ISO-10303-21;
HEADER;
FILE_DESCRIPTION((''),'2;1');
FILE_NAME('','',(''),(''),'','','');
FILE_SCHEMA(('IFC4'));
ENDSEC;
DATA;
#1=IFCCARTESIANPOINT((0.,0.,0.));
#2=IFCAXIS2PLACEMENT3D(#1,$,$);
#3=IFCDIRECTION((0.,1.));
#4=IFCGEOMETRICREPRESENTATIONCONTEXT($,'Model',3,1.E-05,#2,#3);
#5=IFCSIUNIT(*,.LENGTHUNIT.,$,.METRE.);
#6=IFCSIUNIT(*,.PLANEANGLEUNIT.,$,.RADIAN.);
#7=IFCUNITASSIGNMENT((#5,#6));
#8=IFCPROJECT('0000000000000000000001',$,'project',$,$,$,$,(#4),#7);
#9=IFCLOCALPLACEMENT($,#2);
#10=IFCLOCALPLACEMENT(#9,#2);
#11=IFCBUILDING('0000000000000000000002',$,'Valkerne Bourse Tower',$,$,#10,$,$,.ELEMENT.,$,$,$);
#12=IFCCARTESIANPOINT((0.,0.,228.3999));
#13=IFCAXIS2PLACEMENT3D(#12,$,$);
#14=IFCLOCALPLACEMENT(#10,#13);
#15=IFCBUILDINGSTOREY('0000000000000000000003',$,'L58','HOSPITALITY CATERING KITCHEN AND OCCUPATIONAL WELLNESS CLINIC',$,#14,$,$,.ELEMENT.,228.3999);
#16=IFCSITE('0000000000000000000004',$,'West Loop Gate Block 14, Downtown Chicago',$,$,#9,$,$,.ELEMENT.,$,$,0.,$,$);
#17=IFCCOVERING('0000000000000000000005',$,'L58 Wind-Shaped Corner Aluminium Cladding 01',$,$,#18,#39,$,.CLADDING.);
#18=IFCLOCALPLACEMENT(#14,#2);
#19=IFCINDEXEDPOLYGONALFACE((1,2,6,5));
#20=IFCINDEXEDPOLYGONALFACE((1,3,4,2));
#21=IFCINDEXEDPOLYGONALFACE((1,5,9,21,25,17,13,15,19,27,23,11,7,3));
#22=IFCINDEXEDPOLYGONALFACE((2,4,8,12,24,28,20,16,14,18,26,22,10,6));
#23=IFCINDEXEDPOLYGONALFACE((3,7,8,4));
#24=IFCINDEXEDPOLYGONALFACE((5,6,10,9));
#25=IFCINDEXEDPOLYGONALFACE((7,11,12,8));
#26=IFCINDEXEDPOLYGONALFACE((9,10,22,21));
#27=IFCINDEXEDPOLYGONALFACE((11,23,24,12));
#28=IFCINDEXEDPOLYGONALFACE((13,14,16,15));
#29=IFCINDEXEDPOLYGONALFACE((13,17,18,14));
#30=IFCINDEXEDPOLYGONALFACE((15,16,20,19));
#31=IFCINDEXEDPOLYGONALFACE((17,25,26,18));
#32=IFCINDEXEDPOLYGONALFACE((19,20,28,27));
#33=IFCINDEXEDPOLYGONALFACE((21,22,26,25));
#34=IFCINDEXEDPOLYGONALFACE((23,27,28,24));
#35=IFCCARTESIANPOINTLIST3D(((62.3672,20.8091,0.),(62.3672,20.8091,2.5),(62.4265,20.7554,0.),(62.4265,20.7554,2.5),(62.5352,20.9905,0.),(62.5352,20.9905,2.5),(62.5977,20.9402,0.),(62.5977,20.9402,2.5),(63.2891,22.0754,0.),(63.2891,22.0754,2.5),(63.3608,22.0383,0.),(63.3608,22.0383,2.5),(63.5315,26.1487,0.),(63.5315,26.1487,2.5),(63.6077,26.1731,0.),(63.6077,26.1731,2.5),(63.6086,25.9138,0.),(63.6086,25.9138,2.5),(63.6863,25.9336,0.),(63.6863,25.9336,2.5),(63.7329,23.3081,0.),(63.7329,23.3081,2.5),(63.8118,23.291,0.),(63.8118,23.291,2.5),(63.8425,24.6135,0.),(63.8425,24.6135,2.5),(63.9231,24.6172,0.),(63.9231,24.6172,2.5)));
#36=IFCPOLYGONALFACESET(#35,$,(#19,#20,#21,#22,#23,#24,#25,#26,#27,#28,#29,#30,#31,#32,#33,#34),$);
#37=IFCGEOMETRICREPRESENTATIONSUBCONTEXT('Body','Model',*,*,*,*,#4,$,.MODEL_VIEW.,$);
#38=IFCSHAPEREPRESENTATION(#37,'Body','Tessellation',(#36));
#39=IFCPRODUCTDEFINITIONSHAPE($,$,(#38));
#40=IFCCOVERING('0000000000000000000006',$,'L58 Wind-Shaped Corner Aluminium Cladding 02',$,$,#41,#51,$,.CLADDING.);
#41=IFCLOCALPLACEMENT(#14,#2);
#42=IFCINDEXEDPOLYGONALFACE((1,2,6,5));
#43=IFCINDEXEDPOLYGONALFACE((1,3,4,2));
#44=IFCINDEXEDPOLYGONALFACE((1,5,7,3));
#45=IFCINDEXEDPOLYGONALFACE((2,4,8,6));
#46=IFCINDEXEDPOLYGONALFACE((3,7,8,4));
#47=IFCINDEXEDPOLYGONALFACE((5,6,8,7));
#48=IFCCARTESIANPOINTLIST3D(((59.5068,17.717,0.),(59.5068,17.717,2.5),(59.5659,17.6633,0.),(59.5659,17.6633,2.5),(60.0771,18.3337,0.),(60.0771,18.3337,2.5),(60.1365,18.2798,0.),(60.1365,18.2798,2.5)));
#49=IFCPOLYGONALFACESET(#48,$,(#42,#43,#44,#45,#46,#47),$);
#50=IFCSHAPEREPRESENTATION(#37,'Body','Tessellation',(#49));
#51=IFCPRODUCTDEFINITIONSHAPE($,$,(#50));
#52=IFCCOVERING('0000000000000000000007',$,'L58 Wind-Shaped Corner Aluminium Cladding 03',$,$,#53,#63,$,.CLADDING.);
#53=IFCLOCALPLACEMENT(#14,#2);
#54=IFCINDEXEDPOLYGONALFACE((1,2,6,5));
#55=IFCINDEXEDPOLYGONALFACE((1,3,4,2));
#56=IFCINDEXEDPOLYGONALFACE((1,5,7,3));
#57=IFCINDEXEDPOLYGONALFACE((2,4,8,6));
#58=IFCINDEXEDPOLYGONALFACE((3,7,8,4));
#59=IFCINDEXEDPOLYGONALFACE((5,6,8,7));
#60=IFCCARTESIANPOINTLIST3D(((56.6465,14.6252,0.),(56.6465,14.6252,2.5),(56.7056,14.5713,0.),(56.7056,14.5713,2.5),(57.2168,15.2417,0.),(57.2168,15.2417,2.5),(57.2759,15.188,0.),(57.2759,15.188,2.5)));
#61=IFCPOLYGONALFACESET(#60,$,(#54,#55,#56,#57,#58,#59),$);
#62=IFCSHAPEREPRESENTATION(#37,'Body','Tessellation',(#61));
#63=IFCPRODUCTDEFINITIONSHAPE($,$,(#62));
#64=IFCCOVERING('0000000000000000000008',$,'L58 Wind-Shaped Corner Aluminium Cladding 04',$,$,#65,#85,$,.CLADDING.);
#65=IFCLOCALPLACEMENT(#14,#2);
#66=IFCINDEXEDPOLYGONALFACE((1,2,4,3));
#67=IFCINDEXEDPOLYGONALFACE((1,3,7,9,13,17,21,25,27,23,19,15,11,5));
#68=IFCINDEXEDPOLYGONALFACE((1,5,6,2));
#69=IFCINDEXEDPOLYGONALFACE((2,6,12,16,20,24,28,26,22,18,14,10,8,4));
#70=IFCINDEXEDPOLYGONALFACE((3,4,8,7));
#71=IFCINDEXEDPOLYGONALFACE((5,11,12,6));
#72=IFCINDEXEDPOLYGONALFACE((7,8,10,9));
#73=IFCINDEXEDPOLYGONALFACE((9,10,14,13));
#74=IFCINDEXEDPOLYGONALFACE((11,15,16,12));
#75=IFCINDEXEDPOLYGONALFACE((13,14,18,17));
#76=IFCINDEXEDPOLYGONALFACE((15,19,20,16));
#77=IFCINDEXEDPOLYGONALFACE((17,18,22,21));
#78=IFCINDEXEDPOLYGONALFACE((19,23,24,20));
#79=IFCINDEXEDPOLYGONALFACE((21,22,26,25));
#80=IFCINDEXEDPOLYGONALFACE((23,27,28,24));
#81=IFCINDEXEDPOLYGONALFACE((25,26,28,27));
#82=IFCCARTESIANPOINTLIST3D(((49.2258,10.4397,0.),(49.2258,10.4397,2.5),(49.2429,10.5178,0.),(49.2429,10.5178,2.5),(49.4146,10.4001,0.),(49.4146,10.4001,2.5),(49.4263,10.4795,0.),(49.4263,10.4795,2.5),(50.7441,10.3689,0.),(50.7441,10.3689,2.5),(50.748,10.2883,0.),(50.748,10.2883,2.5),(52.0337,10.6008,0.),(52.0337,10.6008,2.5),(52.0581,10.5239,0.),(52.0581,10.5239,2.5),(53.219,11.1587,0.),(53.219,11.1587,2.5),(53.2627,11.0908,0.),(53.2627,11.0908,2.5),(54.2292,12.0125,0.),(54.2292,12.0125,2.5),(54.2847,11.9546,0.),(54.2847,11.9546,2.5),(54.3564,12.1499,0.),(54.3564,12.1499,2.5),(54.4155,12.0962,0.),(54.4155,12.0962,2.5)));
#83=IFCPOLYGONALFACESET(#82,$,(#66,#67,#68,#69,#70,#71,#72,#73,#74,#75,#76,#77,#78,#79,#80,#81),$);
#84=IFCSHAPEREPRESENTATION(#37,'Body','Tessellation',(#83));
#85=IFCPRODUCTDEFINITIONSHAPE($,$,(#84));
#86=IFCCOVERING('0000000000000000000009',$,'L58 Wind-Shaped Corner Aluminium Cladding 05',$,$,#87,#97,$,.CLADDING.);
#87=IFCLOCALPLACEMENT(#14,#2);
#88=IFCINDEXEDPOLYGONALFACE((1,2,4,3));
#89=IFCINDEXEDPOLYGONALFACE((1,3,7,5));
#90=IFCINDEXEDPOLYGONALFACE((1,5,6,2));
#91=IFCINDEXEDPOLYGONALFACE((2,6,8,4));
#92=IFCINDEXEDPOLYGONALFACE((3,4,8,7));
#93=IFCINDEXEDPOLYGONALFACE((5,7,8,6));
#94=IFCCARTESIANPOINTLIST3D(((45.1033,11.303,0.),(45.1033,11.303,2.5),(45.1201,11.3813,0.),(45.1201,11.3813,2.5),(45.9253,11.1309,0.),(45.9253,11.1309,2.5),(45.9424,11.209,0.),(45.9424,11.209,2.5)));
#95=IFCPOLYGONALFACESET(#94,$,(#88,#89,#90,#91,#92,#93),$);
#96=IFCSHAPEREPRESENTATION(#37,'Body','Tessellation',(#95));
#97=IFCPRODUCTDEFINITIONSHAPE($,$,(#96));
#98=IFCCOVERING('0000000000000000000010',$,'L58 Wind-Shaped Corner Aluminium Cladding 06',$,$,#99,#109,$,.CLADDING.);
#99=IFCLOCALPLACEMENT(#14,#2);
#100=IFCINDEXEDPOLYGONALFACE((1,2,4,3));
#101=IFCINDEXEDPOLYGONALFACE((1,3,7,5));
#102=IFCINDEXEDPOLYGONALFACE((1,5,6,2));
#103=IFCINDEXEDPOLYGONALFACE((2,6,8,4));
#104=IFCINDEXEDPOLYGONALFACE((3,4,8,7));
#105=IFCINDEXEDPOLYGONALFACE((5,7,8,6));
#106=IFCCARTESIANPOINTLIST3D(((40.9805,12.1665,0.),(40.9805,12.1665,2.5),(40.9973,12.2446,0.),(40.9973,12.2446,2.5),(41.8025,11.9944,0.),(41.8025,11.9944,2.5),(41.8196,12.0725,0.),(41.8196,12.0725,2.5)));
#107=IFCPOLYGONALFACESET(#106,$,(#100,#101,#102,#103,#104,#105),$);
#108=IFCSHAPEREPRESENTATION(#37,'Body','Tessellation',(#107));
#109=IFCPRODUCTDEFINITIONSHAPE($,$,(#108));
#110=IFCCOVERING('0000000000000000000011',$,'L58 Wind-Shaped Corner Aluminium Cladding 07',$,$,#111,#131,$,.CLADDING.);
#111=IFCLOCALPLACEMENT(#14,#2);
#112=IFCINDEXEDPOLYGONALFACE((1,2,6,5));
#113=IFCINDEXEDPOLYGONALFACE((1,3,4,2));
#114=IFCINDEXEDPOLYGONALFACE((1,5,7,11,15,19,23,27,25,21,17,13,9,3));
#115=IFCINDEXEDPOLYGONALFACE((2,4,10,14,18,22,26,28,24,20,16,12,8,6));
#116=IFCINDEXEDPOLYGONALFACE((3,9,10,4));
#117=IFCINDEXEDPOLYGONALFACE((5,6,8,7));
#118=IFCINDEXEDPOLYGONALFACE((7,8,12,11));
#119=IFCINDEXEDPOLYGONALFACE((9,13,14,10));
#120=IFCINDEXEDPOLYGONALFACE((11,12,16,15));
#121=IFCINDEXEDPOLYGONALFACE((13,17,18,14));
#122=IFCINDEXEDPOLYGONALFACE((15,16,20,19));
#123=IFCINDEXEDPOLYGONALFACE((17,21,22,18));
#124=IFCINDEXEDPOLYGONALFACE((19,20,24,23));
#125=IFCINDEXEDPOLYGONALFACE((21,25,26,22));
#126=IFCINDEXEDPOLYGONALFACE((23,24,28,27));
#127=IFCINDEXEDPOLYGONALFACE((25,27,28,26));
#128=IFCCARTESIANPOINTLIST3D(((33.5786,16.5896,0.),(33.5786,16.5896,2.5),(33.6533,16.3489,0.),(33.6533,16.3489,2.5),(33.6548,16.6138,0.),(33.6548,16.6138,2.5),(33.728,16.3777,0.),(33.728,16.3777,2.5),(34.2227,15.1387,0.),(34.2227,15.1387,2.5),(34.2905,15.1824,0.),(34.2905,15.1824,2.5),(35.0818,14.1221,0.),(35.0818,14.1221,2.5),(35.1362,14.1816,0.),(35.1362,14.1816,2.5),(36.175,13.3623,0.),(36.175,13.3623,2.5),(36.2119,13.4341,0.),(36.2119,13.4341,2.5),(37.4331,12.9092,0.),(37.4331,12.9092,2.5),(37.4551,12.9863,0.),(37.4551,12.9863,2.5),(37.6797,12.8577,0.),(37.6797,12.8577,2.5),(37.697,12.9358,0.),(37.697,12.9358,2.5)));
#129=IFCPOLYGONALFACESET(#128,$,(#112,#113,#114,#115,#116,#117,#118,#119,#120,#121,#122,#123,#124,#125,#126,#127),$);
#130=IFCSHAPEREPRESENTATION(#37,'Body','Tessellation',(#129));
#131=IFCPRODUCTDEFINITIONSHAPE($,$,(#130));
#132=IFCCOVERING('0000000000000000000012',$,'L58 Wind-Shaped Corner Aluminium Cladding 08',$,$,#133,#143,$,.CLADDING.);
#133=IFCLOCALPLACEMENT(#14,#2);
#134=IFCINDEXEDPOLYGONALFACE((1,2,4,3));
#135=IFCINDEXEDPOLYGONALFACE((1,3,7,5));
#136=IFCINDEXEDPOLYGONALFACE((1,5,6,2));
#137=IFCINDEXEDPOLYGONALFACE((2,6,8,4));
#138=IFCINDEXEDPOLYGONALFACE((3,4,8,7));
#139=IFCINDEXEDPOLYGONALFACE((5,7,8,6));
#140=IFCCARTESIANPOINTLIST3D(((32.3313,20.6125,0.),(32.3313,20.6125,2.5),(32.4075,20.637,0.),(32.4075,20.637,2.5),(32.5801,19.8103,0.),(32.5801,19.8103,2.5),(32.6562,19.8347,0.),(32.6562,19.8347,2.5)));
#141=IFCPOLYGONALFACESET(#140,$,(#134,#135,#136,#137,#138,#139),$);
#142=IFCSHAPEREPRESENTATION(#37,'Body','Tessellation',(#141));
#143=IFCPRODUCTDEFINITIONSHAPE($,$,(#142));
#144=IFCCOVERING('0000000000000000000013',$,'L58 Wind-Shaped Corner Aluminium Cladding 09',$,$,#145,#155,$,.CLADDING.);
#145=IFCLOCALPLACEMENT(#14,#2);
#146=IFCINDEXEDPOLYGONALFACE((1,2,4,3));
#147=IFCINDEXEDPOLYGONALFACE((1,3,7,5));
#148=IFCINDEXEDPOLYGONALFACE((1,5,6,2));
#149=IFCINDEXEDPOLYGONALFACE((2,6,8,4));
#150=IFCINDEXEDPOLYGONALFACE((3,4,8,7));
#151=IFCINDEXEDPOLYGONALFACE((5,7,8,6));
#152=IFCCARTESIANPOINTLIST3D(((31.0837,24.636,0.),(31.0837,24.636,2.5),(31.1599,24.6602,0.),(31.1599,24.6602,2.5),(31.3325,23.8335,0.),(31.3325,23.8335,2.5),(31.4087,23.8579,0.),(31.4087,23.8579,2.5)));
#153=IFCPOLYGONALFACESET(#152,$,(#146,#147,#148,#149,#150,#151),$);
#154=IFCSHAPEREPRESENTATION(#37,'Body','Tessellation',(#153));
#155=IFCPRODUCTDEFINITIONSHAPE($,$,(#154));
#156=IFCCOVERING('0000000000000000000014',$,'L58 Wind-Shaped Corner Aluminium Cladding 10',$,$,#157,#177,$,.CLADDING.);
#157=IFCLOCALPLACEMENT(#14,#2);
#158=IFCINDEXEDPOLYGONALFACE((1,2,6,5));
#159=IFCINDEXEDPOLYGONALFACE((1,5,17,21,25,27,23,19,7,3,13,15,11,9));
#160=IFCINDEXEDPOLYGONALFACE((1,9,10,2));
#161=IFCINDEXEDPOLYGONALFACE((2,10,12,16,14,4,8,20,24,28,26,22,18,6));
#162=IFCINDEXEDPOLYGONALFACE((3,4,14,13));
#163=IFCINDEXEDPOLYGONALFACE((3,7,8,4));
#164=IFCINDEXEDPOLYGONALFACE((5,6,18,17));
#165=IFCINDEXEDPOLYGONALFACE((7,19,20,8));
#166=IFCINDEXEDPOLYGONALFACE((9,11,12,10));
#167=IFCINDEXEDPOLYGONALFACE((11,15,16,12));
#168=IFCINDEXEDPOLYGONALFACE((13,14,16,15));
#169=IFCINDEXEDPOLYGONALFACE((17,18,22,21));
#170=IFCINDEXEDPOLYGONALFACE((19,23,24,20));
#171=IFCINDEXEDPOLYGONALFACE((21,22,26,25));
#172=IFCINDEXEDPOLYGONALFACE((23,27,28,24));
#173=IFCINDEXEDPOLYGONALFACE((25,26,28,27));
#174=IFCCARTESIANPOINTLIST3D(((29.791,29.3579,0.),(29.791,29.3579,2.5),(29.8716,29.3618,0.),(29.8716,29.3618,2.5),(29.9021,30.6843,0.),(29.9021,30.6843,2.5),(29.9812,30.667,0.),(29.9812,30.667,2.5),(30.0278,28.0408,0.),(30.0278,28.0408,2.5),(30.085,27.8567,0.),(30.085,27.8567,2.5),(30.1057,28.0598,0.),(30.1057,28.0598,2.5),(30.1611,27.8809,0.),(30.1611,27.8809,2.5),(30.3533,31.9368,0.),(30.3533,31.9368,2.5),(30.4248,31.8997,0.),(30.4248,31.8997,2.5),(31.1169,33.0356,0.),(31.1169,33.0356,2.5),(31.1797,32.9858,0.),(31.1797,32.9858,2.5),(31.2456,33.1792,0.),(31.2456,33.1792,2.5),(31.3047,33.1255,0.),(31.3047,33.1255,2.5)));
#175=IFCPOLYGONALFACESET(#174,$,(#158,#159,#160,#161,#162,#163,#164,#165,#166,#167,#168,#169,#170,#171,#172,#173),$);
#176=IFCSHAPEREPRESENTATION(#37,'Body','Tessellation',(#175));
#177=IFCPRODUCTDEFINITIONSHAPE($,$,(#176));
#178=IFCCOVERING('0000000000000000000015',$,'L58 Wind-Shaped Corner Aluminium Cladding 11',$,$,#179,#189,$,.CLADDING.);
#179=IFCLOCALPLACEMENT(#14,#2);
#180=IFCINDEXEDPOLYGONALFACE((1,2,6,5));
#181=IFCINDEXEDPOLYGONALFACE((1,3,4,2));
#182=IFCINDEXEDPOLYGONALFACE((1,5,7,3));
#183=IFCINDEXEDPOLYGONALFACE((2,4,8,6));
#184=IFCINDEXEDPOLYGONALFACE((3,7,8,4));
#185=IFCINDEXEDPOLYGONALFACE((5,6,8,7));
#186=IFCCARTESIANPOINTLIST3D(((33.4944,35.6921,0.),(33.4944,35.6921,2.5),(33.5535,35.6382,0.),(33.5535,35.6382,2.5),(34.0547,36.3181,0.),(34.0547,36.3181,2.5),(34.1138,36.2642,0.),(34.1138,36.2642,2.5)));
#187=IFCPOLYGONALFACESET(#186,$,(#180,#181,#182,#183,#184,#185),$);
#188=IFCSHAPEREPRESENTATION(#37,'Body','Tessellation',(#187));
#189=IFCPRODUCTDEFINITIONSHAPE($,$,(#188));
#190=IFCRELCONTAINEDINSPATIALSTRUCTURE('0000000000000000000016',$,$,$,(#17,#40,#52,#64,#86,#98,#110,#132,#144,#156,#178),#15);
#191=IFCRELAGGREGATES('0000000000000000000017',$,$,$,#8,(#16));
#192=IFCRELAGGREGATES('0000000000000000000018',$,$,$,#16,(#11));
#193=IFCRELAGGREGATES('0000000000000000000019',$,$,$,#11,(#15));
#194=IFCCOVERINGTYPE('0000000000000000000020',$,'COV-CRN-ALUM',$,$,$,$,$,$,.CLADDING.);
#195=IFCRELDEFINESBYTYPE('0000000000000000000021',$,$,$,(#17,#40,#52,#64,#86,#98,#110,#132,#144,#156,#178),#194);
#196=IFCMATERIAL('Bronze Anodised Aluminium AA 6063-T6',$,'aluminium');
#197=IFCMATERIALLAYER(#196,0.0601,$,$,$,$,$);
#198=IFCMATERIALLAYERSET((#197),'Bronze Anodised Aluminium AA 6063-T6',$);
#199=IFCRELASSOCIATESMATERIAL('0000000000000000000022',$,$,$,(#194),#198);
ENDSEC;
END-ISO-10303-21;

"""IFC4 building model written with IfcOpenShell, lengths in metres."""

from ifc_helpers import new_model, si_unit, direction, frame, origin, place, context, subcontext, project, spatial, polyline, outline, extrude, material, layer, layer_set, type_object, element, save


model = new_model("IFC4")

# Units and contexts
model_context = context("Model", 3, precision=1e-05, world=origin(), true_north=direction((0.0, 1.0)))
body_context = subcontext(model_context, "Body", "Model", "MODEL_VIEW")
ifc_project = project(units=[si_unit("LENGTHUNIT", "METRE"), si_unit("PLANEANGLEUNIT", "RADIAN")], contexts=[model_context])

# Site, building, storey
site_placement = place(None, origin())
site = spatial("IfcSite", under=ifc_project, at=site_placement, Name="West Loop Gate Block 14, Downtown Chicago", CompositionType="ELEMENT", RefElevation=0.0)
building_placement = place(site_placement, origin())
building = spatial("IfcBuilding", under=site, at=building_placement, Name="Valkerne Bourse Tower", CompositionType="ELEMENT")
storey_placement = place(building_placement, frame((0.0, 0.0, 228.3999)))
storey = spatial("IfcBuildingStorey", under=building, at=storey_placement, Name="L58", Description="HOSPITALITY CATERING KITCHEN AND OCCUPATIONAL WELLNESS CLINIC", CompositionType="ELEMENT", Elevation=228.3999)

# Coverings
ifc_material_1 = material(Name="Bronze Anodised Aluminium AA 6063-T6", Category="aluminium")
ifc_layer_1 = layer(ifc_material_1, 0.0601)
ifc_layer_set_1 = layer_set([ifc_layer_1], Name="Bronze Anodised Aluminium AA 6063-T6")
covering_type = type_object("IfcCoveringType", Name="COV-CRN-ALUM", PredefinedType="CLADDING", material=ifc_layer_set_1)
covering_1_placement = place(storey_placement, origin())
element("IfcCovering", 1, at=covering_1_placement, inside=storey, type_object=covering_type, Name="L58 Wind-Shaped Corner Aluminium Cladding 01", PredefinedType="CLADDING", context=body_context, shape_type="SweptSolid", body=[
    extrude(outline(polyline([(63.9231, 24.6172), (63.8118, 23.291), (63.3608, 22.0383), (62.5977, 20.9402), (62.4265, 20.7554), (62.3672, 20.8091), (62.5352, 20.9905), (63.2891, 22.0754), (63.7329, 23.3081), (63.8425, 24.6135), (63.6086, 25.9138), (63.5315, 26.1487), (63.6077, 26.1731), (63.6863, 25.9336), (63.9231, 24.6172)])), origin(), (0.0, 0.0, 1.0), 2.5),
])
covering_2_placement = place(storey_placement, origin())
element("IfcCovering", 2, at=covering_2_placement, inside=storey, type_object=covering_type, Name="L58 Wind-Shaped Corner Aluminium Cladding 02", PredefinedType="CLADDING", context=body_context, shape_type="SweptSolid", body=[
    extrude(outline(polyline([(59.5659, 17.6633), (59.5068, 17.717), (60.0771, 18.3337), (60.1365, 18.2798), (59.5659, 17.6633)])), origin(), (0.0, 0.0, 1.0), 2.5),
])
covering_3_placement = place(storey_placement, origin())
element("IfcCovering", 3, at=covering_3_placement, inside=storey, type_object=covering_type, Name="L58 Wind-Shaped Corner Aluminium Cladding 03", PredefinedType="CLADDING", context=body_context, shape_type="SweptSolid", body=[
    extrude(outline(polyline([(56.7056, 14.5713), (56.6465, 14.6252), (57.2168, 15.2417), (57.2759, 15.188), (56.7056, 14.5713)])), origin(), (0.0, 0.0, 1.0), 2.5),
])
covering_4_placement = place(storey_placement, origin())
element("IfcCovering", 4, at=covering_4_placement, inside=storey, type_object=covering_type, Name="L58 Wind-Shaped Corner Aluminium Cladding 04", PredefinedType="CLADDING", context=body_context, shape_type="SweptSolid", body=[
    extrude(outline(polyline([(54.2847, 11.9546), (53.2627, 11.0908), (52.0581, 10.5239), (50.748, 10.2883), (49.4146, 10.4001), (49.2258, 10.4397), (49.2429, 10.5178), (49.4263, 10.4795), (50.7441, 10.3689), (52.0337, 10.6008), (53.219, 11.1587), (54.2292, 12.0125), (54.3564, 12.1499), (54.4155, 12.0962), (54.2847, 11.9546)])), origin(), (0.0, 0.0, 1.0), 2.5),
])
covering_5_placement = place(storey_placement, origin())
element("IfcCovering", 5, at=covering_5_placement, inside=storey, type_object=covering_type, Name="L58 Wind-Shaped Corner Aluminium Cladding 05", PredefinedType="CLADDING", context=body_context, shape_type="SweptSolid", body=[
    extrude(outline(polyline([(45.1033, 11.303), (45.1201, 11.3813), (45.9424, 11.209), (45.9253, 11.1309), (45.1033, 11.303)])), origin(), (0.0, 0.0, 1.0), 2.5),
])
covering_6_placement = place(storey_placement, origin())
element("IfcCovering", 6, at=covering_6_placement, inside=storey, type_object=covering_type, Name="L58 Wind-Shaped Corner Aluminium Cladding 06", PredefinedType="CLADDING", context=body_context, shape_type="SweptSolid", body=[
    extrude(outline(polyline([(40.9805, 12.1665), (40.9973, 12.2446), (41.8196, 12.0725), (41.8025, 11.9944), (40.9805, 12.1665)])), origin(), (0.0, 0.0, 1.0), 2.5),
])
covering_7_placement = place(storey_placement, origin())
element("IfcCovering", 7, at=covering_7_placement, inside=storey, type_object=covering_type, Name="L58 Wind-Shaped Corner Aluminium Cladding 07", PredefinedType="CLADDING", context=body_context, shape_type="SweptSolid", body=[
    extrude(outline(polyline([(37.4331, 12.9092), (36.175, 13.3623), (35.0818, 14.1221), (34.2227, 15.1387), (33.6533, 16.3489), (33.5786, 16.5896), (33.6548, 16.6138), (33.728, 16.3777), (34.2905, 15.1824), (35.1362, 14.1816), (36.2119, 13.4341), (37.4551, 12.9863), (37.697, 12.9358), (37.6797, 12.8577), (37.4331, 12.9092)])), origin(), (0.0, 0.0, 1.0), 2.5),
])
covering_8_placement = place(storey_placement, origin())
element("IfcCovering", 8, at=covering_8_placement, inside=storey, type_object=covering_type, Name="L58 Wind-Shaped Corner Aluminium Cladding 08", PredefinedType="CLADDING", context=body_context, shape_type="SweptSolid", body=[
    extrude(outline(polyline([(32.3313, 20.6125), (32.4075, 20.637), (32.6562, 19.8347), (32.5801, 19.8103), (32.3313, 20.6125)])), origin(), (0.0, 0.0, 1.0), 2.5),
])
covering_9_placement = place(storey_placement, origin())
element("IfcCovering", 9, at=covering_9_placement, inside=storey, type_object=covering_type, Name="L58 Wind-Shaped Corner Aluminium Cladding 09", PredefinedType="CLADDING", context=body_context, shape_type="SweptSolid", body=[
    extrude(outline(polyline([(31.0837, 24.636), (31.1599, 24.6602), (31.4087, 23.8579), (31.3325, 23.8335), (31.0837, 24.636)])), origin(), (0.0, 0.0, 1.0), 2.5),
])
covering_10_placement = place(storey_placement, origin())
element("IfcCovering", 10, at=covering_10_placement, inside=storey, type_object=covering_type, Name="L58 Wind-Shaped Corner Aluminium Cladding 10", PredefinedType="CLADDING", context=body_context, shape_type="SweptSolid", body=[
    extrude(outline(polyline([(30.0278, 28.0408), (29.791, 29.3579), (29.9021, 30.6843), (30.3533, 31.9368), (31.1169, 33.0356), (31.2456, 33.1792), (31.3047, 33.1255), (31.1797, 32.9858), (30.4248, 31.8997), (29.9812, 30.667), (29.8716, 29.3618), (30.1057, 28.0598), (30.1611, 27.8809), (30.085, 27.8567), (30.0278, 28.0408)])), origin(), (0.0, 0.0, 1.0), 2.5),
])
covering_11_placement = place(storey_placement, origin())
element("IfcCovering", 11, at=covering_11_placement, inside=storey, type_object=covering_type, Name="L58 Wind-Shaped Corner Aluminium Cladding 11", PredefinedType="CLADDING", context=body_context, shape_type="SweptSolid", body=[
    extrude(outline(polyline([(34.0547, 36.3181), (34.1138, 36.2642), (33.5535, 35.6382), (33.4944, 35.6921), (34.0547, 36.3181)])), origin(), (0.0, 0.0, 1.0), 2.5),
])

save(model, "model.ifc")
